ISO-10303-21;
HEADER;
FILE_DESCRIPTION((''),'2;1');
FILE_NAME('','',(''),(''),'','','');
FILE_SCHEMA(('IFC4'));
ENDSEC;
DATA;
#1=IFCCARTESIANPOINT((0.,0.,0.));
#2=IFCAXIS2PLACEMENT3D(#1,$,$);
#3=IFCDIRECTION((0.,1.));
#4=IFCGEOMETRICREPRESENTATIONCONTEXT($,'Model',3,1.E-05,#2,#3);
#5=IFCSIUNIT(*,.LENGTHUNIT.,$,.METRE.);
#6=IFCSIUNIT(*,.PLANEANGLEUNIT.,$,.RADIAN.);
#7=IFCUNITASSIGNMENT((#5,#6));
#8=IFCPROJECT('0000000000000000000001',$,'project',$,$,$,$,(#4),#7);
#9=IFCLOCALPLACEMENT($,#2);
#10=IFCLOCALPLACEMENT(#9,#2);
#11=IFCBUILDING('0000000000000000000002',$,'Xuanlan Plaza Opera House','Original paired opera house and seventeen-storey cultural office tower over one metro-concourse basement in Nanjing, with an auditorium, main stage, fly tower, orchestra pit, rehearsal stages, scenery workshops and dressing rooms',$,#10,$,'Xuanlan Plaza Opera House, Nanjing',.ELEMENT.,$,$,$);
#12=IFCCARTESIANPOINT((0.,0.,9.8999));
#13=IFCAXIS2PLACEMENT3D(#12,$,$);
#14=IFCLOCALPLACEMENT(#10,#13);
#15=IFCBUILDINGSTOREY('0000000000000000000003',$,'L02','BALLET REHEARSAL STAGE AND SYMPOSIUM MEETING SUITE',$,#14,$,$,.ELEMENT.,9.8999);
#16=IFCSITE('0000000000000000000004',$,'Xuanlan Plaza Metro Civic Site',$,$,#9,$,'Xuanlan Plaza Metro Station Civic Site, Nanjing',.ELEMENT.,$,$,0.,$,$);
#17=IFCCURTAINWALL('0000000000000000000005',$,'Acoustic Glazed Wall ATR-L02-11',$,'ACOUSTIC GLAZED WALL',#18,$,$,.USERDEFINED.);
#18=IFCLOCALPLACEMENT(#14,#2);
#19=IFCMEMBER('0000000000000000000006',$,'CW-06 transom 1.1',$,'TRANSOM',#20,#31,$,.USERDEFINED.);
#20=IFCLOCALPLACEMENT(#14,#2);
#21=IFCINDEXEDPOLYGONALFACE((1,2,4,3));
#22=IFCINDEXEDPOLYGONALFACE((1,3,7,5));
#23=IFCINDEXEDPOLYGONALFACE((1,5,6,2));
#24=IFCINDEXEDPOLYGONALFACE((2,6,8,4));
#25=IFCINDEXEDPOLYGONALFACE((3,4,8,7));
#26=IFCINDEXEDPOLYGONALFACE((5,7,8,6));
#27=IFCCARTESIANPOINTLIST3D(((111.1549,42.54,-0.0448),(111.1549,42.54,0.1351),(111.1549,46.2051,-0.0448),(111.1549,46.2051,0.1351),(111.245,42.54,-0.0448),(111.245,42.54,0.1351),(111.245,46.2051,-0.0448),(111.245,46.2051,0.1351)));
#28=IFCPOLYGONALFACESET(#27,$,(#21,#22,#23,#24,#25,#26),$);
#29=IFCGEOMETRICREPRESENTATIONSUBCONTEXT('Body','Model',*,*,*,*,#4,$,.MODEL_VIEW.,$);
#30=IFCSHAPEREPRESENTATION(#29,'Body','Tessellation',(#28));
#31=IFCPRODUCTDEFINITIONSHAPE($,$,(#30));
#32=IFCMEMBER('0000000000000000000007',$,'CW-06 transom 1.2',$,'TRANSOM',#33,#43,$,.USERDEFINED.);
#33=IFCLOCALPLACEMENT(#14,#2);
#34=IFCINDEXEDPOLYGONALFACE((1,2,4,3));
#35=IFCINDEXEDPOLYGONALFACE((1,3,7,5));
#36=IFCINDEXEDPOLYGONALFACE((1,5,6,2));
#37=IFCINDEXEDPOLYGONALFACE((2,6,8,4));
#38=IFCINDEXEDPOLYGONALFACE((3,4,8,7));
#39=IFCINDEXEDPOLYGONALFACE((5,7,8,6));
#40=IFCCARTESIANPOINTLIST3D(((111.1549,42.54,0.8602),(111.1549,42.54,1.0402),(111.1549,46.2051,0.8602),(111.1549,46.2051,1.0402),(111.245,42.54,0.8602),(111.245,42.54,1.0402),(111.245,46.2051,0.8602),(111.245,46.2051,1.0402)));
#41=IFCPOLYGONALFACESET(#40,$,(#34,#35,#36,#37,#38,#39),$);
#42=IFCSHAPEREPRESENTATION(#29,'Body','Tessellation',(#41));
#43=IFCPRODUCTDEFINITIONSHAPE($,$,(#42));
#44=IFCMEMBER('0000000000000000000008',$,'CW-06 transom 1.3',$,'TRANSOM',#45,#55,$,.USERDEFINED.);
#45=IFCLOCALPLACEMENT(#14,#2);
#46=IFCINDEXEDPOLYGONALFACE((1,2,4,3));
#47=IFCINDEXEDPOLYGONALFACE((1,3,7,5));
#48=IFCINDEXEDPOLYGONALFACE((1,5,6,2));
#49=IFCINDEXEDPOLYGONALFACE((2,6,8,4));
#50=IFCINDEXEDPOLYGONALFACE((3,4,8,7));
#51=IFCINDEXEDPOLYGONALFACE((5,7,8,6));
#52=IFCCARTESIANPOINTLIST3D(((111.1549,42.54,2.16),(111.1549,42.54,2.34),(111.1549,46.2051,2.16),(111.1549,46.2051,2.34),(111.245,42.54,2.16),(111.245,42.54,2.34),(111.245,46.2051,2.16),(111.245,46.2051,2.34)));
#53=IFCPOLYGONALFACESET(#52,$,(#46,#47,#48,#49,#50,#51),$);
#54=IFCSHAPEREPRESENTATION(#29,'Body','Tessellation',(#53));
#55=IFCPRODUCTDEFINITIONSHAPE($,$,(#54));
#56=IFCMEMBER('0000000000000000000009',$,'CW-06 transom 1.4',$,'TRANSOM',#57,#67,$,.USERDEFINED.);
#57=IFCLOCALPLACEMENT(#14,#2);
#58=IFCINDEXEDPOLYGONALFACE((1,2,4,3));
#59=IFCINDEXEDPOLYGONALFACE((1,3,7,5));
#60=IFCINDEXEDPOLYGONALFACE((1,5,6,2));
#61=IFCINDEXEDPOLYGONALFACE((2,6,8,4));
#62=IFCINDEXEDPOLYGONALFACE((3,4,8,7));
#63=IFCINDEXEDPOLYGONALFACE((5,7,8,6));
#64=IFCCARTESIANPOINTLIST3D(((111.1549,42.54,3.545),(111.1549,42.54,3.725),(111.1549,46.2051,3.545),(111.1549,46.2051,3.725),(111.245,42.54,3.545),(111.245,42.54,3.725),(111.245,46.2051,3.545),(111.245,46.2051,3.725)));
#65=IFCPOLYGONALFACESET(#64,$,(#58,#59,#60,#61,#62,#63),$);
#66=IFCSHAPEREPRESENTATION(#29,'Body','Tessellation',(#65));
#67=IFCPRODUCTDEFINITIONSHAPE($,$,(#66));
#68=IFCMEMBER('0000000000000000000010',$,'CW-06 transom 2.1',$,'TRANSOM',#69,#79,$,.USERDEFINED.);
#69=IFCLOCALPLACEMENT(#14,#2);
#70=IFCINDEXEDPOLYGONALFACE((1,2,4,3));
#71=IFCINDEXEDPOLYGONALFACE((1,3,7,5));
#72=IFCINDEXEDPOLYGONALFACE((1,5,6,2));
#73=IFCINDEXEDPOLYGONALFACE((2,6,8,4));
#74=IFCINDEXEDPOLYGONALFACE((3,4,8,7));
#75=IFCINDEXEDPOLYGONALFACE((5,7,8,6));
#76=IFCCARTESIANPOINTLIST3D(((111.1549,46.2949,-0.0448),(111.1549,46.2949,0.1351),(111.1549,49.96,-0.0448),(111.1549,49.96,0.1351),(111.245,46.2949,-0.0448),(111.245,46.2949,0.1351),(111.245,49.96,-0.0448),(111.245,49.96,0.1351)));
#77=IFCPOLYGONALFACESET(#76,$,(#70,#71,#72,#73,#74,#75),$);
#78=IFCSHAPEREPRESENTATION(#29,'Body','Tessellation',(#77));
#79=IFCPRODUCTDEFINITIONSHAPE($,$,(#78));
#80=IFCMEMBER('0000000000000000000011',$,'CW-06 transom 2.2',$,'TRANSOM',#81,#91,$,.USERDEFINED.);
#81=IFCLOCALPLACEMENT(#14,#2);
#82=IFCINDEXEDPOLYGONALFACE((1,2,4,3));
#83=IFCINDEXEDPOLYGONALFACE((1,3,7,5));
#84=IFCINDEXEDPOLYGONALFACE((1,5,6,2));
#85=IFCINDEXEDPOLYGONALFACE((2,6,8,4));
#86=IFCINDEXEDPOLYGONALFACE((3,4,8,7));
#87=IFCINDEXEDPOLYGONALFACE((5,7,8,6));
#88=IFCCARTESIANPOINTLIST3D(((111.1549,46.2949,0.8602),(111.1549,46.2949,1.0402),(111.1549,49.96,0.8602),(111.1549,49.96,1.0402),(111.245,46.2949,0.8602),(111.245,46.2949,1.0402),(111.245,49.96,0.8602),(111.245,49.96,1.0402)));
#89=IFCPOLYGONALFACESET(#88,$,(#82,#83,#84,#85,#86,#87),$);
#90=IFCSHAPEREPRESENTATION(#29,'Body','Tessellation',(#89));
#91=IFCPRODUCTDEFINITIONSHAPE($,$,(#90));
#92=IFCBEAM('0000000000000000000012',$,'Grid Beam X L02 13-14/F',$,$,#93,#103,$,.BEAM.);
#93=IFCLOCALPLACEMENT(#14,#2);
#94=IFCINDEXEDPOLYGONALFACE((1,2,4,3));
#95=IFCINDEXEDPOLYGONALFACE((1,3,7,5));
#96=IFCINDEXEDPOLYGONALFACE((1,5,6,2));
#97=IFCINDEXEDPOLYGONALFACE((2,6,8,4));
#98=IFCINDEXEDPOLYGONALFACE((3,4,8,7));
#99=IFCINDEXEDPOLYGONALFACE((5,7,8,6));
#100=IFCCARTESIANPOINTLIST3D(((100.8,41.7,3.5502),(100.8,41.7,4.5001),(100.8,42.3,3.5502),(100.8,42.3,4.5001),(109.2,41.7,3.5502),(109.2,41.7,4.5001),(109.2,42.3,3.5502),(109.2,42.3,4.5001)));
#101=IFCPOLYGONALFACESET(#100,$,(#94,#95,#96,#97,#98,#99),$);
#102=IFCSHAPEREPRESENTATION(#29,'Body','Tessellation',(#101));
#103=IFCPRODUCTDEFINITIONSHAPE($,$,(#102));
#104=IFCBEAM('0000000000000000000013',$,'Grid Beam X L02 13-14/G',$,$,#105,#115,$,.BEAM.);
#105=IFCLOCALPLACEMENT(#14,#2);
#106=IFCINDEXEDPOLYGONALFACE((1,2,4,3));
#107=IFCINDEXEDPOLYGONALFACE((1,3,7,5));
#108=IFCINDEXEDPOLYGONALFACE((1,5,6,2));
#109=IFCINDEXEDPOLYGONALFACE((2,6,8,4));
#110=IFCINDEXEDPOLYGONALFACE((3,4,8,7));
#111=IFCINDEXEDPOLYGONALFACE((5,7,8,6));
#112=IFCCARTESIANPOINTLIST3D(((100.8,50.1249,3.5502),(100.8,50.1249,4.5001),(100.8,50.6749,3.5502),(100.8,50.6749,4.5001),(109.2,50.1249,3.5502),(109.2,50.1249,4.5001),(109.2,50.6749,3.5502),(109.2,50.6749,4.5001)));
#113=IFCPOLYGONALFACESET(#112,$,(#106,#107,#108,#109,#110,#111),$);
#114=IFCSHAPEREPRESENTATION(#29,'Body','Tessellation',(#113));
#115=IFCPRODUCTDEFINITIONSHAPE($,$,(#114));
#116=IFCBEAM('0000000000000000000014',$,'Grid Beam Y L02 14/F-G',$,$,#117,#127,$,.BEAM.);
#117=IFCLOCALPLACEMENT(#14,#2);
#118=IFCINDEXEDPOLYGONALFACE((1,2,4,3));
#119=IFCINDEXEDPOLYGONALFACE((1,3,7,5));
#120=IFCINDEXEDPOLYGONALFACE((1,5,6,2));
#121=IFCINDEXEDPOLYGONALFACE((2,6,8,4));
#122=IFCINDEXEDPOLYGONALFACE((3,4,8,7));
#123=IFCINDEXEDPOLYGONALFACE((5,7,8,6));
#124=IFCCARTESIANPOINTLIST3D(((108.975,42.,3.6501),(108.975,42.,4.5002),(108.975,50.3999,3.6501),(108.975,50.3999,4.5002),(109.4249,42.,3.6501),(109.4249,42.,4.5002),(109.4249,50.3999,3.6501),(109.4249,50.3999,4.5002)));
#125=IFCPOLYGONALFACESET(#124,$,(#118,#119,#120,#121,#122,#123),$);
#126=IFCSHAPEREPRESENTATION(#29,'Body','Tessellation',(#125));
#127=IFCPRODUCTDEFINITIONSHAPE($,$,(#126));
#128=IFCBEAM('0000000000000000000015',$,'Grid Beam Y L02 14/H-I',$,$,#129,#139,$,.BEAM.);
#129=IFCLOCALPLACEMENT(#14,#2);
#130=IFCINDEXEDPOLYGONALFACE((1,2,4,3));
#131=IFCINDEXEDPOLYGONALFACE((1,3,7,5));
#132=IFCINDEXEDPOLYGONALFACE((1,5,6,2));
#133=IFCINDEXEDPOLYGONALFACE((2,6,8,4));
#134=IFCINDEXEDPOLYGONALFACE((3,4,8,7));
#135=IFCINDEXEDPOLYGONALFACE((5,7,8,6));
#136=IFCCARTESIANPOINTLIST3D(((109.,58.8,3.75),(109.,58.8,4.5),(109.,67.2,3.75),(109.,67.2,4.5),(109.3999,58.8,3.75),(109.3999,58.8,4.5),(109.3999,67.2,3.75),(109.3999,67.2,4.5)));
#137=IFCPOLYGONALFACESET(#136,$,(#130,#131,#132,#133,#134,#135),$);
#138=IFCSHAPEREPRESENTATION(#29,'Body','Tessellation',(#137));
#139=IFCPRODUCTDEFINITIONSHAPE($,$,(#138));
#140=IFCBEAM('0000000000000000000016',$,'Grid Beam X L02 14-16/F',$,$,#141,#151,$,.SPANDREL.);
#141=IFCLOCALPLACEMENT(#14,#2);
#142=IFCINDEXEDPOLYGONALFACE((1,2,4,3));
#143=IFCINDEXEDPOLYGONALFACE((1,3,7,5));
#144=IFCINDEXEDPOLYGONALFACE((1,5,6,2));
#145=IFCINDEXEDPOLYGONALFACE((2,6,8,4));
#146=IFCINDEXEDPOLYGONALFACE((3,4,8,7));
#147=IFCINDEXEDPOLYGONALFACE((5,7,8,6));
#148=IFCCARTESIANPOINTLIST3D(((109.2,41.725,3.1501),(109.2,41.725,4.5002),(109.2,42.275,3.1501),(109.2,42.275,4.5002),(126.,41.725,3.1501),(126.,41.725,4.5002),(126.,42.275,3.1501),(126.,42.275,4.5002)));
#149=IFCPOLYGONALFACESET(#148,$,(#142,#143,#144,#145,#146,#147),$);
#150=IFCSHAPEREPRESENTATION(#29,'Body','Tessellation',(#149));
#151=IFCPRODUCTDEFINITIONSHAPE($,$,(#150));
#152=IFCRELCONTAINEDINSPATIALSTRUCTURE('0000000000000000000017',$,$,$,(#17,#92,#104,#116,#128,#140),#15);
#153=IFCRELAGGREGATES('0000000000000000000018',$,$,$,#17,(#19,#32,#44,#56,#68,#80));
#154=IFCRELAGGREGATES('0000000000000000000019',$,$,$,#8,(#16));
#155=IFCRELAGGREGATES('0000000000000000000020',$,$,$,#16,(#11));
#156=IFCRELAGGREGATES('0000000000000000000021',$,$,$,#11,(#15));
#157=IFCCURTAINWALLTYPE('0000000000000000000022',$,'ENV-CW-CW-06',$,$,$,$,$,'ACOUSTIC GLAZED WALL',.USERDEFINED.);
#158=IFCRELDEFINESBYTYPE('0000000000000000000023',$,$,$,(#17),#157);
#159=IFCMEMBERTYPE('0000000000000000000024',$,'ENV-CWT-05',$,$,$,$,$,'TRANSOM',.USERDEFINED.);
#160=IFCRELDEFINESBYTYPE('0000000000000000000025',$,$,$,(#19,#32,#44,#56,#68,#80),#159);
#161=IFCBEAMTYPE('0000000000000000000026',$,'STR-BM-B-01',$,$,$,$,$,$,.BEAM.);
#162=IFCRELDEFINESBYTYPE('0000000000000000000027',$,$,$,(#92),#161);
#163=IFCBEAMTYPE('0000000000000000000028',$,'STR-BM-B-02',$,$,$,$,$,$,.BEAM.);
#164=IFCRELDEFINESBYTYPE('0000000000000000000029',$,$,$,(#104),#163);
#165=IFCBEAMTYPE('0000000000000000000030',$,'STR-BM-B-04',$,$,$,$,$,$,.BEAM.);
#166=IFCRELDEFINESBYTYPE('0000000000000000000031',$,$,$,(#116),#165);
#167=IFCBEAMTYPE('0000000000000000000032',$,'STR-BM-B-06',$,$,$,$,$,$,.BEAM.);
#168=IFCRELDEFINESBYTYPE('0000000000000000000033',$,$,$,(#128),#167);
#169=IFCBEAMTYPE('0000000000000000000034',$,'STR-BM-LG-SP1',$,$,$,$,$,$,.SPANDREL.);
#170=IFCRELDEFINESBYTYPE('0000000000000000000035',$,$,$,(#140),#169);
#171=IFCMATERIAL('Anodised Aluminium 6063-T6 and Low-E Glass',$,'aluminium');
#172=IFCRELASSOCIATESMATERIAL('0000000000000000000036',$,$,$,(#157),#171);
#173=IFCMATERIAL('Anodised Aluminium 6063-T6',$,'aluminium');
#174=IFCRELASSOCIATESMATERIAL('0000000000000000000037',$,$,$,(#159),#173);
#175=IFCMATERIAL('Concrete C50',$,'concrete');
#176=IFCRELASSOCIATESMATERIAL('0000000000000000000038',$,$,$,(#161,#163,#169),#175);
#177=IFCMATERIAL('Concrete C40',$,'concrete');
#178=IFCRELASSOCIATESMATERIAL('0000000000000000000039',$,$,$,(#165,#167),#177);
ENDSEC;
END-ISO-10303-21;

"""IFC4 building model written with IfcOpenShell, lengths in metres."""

from ifc_helpers import new_model, si_unit, direction, frame, origin, origin_2d, place, context, subcontext, project, spatial, rectangle, extrude, material, material_profile, profile_set, type_object, element, aggregate, save


model = new_model("IFC4")

# Units and contexts
model_context = context("Model", 3, precision=1e-05, world=origin(), true_north=direction((0.0, 1.0)))
body_context = subcontext(model_context, "Body", "Model", "MODEL_VIEW")
ifc_project = project(units=[si_unit("LENGTHUNIT", "METRE"), si_unit("PLANEANGLEUNIT", "RADIAN")], contexts=[model_context])

# Site, building, storey
site_placement = place(None, origin())
site = spatial("IfcSite", under=ifc_project, at=site_placement, Name="Xuanlan Plaza Metro Civic Site", LongName="Xuanlan Plaza Metro Station Civic Site, Nanjing", CompositionType="ELEMENT", RefElevation=0.0)
building_placement = place(site_placement, origin())
building = spatial("IfcBuilding", under=site, at=building_placement, Name="Xuanlan Plaza Opera House", Description="Original paired opera house and seventeen-storey cultural office tower over one metro-concourse basement in Nanjing, with an auditorium, main stage, fly tower, orchestra pit, rehearsal stages, scenery workshops and dressing rooms", LongName="Xuanlan Plaza Opera House, Nanjing", CompositionType="ELEMENT")
storey_placement = place(building_placement, frame((0.0, 0.0, 9.8999)))
storey = spatial("IfcBuildingStorey", under=building, at=storey_placement, Name="L02", Description="BALLET REHEARSAL STAGE AND SYMPOSIUM MEETING SUITE", CompositionType="ELEMENT", Elevation=9.8999)

# Shared definitions
ifc_material_1 = material(Name="Concrete C50", Category="concrete")

# Curtain wall, members
ifc_material_2 = material(Name="Anodised Aluminium 6063-T6 and Low-E Glass", Category="aluminium")
curtain_wall_type = type_object("IfcCurtainWallType", Name="ENV-CW-CW-06", ElementType="ACOUSTIC GLAZED WALL", PredefinedType="USERDEFINED", material=ifc_material_2)
curtain_wall_placement = place(storey_placement, origin())
curtain_wall = element("IfcCurtainWall", 1, at=curtain_wall_placement, inside=storey, type_object=curtain_wall_type, Name="Acoustic Glazed Wall ATR-L02-11", ObjectType="ACOUSTIC GLAZED WALL", PredefinedType="USERDEFINED")
ifc_material_3 = material(Name="Anodised Aluminium 6063-T6", Category="aluminium")
ifc_material_profile_1 = material_profile(ifc_material_3, rectangle(XDim=0.0901, YDim=0.1799, at=origin_2d()), Name="ALU-T 90x180")
ifc_profile_set_1 = profile_set([ifc_material_profile_1], Name="Anodised Aluminium 6063-T6")
member_type_1 = type_object("IfcMemberType", Name="ENV-CWT-05", ElementType="TRANSOM", PredefinedType="USERDEFINED", material=ifc_profile_set_1)
member_1_placement = place(storey_placement, frame((111.2, 42.54, 0.0452), z_axis=(0.0, 1.0, 0.0), x_axis=(-1.0, 0.0, 0.0)))
member_1 = element("IfcMember", 2, at=member_1_placement, type_object=member_type_1, Name="CW-06 transom 1.1", ObjectType="TRANSOM", PredefinedType="USERDEFINED", context=body_context, shape_type="SweptSolid", body=[
    extrude(rectangle(XDim=0.0901, YDim=0.1799, at=origin_2d()), origin(), (0.0, 0.0, 1.0), 3.665),
])
member_2_placement = place(storey_placement, frame((111.2, 42.54, 0.9502), z_axis=(0.0, 1.0, 0.0), x_axis=(-1.0, 0.0, 0.0)))
member_2 = element("IfcMember", 3, at=member_2_placement, type_object=member_type_1, Name="CW-06 transom 1.2", ObjectType="TRANSOM", PredefinedType="USERDEFINED", context=body_context, shape_type="SweptSolid", body=[
    extrude(rectangle(XDim=0.0901, YDim=0.1799, at=origin_2d()), origin(), (0.0, 0.0, 1.0), 3.665),
])
member_3_placement = place(storey_placement, frame((111.2, 42.54, 2.25), z_axis=(0.0, 1.0, 0.0), x_axis=(-1.0, 0.0, 0.0)))
member_3 = element("IfcMember", 4, at=member_3_placement, type_object=member_type_1, Name="CW-06 transom 1.3", ObjectType="TRANSOM", PredefinedType="USERDEFINED", context=body_context, shape_type="SweptSolid", body=[
    extrude(rectangle(XDim=0.0901, YDim=0.1799, at=origin_2d()), origin(), (0.0, 0.0, 1.0), 3.665),
])
member_4_placement = place(storey_placement, frame((111.2, 42.54, 3.635), z_axis=(0.0, 1.0, 0.0), x_axis=(-1.0, 0.0, 0.0)))
member_4 = element("IfcMember", 5, at=member_4_placement, type_object=member_type_1, Name="CW-06 transom 1.4", ObjectType="TRANSOM", PredefinedType="USERDEFINED", context=body_context, shape_type="SweptSolid", body=[
    extrude(rectangle(XDim=0.0901, YDim=0.1799, at=origin_2d()), origin(), (0.0, 0.0, 1.0), 3.665),
])
member_5_placement = place(storey_placement, frame((111.2, 46.2949, 0.0452), z_axis=(0.0, 1.0, 0.0), x_axis=(-1.0, 0.0, 0.0)))
member_5 = element("IfcMember", 6, at=member_5_placement, type_object=member_type_1, Name="CW-06 transom 2.1", ObjectType="TRANSOM", PredefinedType="USERDEFINED", context=body_context, shape_type="SweptSolid", body=[
    extrude(rectangle(XDim=0.0901, YDim=0.1799, at=origin_2d()), origin(), (0.0, 0.0, 1.0), 3.665),
])
member_6_placement = place(storey_placement, frame((111.2, 46.2949, 0.9502), z_axis=(0.0, 1.0, 0.0), x_axis=(-1.0, 0.0, 0.0)))
member_6 = element("IfcMember", 7, at=member_6_placement, type_object=member_type_1, Name="CW-06 transom 2.2", ObjectType="TRANSOM", PredefinedType="USERDEFINED", context=body_context, shape_type="SweptSolid", body=[
    extrude(rectangle(XDim=0.0901, YDim=0.1799, at=origin_2d()), origin(), (0.0, 0.0, 1.0), 3.665),
])

# Beams
ifc_material_profile_2 = material_profile(ifc_material_1, rectangle(XDim=0.6001, YDim=0.95, at=origin_2d()), Name="RC-BM 600x950")
ifc_profile_set_2 = profile_set([ifc_material_profile_2], Name="Concrete C50")
beam_type_1 = type_object("IfcBeamType", Name="STR-BM-B-01", PredefinedType="BEAM", material=ifc_profile_set_2)
beam_1_placement = place(storey_placement, frame((100.8, 42.0, 4.0251), z_axis=(1.0, 0.0, 0.0), x_axis=(0.0, 1.0, 0.0)))
element("IfcBeam", 8, at=beam_1_placement, inside=storey, type_object=beam_type_1, Name="Grid Beam X L02 13-14/F", PredefinedType="BEAM", context=body_context, shape_type="SweptSolid", body=[
    extrude(rectangle(XDim=0.6001, YDim=0.95, at=origin_2d()), origin(), (0.0, 0.0, 1.0), 8.3999),
])
ifc_material_profile_3 = material_profile(ifc_material_1, rectangle(XDim=0.55, YDim=0.95, at=origin_2d()), Name="RC-BM 550x950")
ifc_profile_set_3 = profile_set([ifc_material_profile_3], Name="Concrete C50")
beam_type_2 = type_object("IfcBeamType", Name="STR-BM-B-02", PredefinedType="BEAM", material=ifc_profile_set_3)
beam_2_placement = place(storey_placement, frame((100.8, 50.3999, 4.0251), z_axis=(1.0, 0.0, 0.0), x_axis=(0.0, 1.0, 0.0)))
element("IfcBeam", 9, at=beam_2_placement, inside=storey, type_object=beam_type_2, Name="Grid Beam X L02 13-14/G", PredefinedType="BEAM", context=body_context, shape_type="SweptSolid", body=[
    extrude(rectangle(XDim=0.55, YDim=0.95, at=origin_2d()), origin(), (0.0, 0.0, 1.0), 8.3999),
])
ifc_material_4 = material(Name="Concrete C40", Category="concrete")
ifc_material_profile_4 = material_profile(ifc_material_4, rectangle(XDim=0.45, YDim=0.8501, at=origin_2d()), Name="RC-BM 450x850")
ifc_profile_set_4 = profile_set([ifc_material_profile_4], Name="Concrete C40")
beam_type_3 = type_object("IfcBeamType", Name="STR-BM-B-04", PredefinedType="BEAM", material=ifc_profile_set_4)
beam_3_placement = place(storey_placement, frame((109.2, 42.0, 4.0752), z_axis=(0.0, 1.0, 0.0), x_axis=(-1.0, 0.0, 0.0)))
element("IfcBeam", 10, at=beam_3_placement, inside=storey, type_object=beam_type_3, Name="Grid Beam Y L02 14/F-G", PredefinedType="BEAM", context=body_context, shape_type="SweptSolid", body=[
    extrude(rectangle(XDim=0.45, YDim=0.8501, at=origin_2d()), origin(), (0.0, 0.0, 1.0), 8.3999),
])
ifc_material_profile_5 = material_profile(ifc_material_4, rectangle(XDim=0.3999, YDim=0.75, at=origin_2d()), Name="RC-BM 400x750")
ifc_profile_set_5 = profile_set([ifc_material_profile_5], Name="Concrete C40")
beam_type_4 = type_object("IfcBeamType", Name="STR-BM-B-06", PredefinedType="BEAM", material=ifc_profile_set_5)
beam_4_placement = place(storey_placement, frame((109.2, 58.8, 4.125), z_axis=(0.0, 1.0, 0.0), x_axis=(-1.0, 0.0, 0.0)))
element("IfcBeam", 11, at=beam_4_placement, inside=storey, type_object=beam_type_4, Name="Grid Beam Y L02 14/H-I", PredefinedType="BEAM", context=body_context, shape_type="SweptSolid", body=[
    extrude(rectangle(XDim=0.3999, YDim=0.75, at=origin_2d()), origin(), (0.0, 0.0, 1.0), 8.3999),
])
ifc_material_profile_6 = material_profile(ifc_material_1, rectangle(XDim=0.55, YDim=1.3501, at=origin_2d()), Name="RC-SPD 550x1350")
ifc_profile_set_6 = profile_set([ifc_material_profile_6], Name="Concrete C50")
beam_type_5 = type_object("IfcBeamType", Name="STR-BM-LG-SP1", PredefinedType="SPANDREL", material=ifc_profile_set_6)
beam_5_placement = place(storey_placement, frame((109.2, 42.0, 3.8252), z_axis=(1.0, 0.0, 0.0), x_axis=(0.0, 1.0, 0.0)))
element("IfcBeam", 12, at=beam_5_placement, inside=storey, type_object=beam_type_5, Name="Grid Beam X L02 14-16/F", PredefinedType="SPANDREL", context=body_context, shape_type="SweptSolid", body=[
    extrude(rectangle(XDim=0.55, YDim=1.3501, at=origin_2d()), origin(), (0.0, 0.0, 1.0), 16.8),
])

aggregate(curtain_wall, [member_1, member_2, member_3, member_4, member_5, member_6])

save(model, "model.ifc")
